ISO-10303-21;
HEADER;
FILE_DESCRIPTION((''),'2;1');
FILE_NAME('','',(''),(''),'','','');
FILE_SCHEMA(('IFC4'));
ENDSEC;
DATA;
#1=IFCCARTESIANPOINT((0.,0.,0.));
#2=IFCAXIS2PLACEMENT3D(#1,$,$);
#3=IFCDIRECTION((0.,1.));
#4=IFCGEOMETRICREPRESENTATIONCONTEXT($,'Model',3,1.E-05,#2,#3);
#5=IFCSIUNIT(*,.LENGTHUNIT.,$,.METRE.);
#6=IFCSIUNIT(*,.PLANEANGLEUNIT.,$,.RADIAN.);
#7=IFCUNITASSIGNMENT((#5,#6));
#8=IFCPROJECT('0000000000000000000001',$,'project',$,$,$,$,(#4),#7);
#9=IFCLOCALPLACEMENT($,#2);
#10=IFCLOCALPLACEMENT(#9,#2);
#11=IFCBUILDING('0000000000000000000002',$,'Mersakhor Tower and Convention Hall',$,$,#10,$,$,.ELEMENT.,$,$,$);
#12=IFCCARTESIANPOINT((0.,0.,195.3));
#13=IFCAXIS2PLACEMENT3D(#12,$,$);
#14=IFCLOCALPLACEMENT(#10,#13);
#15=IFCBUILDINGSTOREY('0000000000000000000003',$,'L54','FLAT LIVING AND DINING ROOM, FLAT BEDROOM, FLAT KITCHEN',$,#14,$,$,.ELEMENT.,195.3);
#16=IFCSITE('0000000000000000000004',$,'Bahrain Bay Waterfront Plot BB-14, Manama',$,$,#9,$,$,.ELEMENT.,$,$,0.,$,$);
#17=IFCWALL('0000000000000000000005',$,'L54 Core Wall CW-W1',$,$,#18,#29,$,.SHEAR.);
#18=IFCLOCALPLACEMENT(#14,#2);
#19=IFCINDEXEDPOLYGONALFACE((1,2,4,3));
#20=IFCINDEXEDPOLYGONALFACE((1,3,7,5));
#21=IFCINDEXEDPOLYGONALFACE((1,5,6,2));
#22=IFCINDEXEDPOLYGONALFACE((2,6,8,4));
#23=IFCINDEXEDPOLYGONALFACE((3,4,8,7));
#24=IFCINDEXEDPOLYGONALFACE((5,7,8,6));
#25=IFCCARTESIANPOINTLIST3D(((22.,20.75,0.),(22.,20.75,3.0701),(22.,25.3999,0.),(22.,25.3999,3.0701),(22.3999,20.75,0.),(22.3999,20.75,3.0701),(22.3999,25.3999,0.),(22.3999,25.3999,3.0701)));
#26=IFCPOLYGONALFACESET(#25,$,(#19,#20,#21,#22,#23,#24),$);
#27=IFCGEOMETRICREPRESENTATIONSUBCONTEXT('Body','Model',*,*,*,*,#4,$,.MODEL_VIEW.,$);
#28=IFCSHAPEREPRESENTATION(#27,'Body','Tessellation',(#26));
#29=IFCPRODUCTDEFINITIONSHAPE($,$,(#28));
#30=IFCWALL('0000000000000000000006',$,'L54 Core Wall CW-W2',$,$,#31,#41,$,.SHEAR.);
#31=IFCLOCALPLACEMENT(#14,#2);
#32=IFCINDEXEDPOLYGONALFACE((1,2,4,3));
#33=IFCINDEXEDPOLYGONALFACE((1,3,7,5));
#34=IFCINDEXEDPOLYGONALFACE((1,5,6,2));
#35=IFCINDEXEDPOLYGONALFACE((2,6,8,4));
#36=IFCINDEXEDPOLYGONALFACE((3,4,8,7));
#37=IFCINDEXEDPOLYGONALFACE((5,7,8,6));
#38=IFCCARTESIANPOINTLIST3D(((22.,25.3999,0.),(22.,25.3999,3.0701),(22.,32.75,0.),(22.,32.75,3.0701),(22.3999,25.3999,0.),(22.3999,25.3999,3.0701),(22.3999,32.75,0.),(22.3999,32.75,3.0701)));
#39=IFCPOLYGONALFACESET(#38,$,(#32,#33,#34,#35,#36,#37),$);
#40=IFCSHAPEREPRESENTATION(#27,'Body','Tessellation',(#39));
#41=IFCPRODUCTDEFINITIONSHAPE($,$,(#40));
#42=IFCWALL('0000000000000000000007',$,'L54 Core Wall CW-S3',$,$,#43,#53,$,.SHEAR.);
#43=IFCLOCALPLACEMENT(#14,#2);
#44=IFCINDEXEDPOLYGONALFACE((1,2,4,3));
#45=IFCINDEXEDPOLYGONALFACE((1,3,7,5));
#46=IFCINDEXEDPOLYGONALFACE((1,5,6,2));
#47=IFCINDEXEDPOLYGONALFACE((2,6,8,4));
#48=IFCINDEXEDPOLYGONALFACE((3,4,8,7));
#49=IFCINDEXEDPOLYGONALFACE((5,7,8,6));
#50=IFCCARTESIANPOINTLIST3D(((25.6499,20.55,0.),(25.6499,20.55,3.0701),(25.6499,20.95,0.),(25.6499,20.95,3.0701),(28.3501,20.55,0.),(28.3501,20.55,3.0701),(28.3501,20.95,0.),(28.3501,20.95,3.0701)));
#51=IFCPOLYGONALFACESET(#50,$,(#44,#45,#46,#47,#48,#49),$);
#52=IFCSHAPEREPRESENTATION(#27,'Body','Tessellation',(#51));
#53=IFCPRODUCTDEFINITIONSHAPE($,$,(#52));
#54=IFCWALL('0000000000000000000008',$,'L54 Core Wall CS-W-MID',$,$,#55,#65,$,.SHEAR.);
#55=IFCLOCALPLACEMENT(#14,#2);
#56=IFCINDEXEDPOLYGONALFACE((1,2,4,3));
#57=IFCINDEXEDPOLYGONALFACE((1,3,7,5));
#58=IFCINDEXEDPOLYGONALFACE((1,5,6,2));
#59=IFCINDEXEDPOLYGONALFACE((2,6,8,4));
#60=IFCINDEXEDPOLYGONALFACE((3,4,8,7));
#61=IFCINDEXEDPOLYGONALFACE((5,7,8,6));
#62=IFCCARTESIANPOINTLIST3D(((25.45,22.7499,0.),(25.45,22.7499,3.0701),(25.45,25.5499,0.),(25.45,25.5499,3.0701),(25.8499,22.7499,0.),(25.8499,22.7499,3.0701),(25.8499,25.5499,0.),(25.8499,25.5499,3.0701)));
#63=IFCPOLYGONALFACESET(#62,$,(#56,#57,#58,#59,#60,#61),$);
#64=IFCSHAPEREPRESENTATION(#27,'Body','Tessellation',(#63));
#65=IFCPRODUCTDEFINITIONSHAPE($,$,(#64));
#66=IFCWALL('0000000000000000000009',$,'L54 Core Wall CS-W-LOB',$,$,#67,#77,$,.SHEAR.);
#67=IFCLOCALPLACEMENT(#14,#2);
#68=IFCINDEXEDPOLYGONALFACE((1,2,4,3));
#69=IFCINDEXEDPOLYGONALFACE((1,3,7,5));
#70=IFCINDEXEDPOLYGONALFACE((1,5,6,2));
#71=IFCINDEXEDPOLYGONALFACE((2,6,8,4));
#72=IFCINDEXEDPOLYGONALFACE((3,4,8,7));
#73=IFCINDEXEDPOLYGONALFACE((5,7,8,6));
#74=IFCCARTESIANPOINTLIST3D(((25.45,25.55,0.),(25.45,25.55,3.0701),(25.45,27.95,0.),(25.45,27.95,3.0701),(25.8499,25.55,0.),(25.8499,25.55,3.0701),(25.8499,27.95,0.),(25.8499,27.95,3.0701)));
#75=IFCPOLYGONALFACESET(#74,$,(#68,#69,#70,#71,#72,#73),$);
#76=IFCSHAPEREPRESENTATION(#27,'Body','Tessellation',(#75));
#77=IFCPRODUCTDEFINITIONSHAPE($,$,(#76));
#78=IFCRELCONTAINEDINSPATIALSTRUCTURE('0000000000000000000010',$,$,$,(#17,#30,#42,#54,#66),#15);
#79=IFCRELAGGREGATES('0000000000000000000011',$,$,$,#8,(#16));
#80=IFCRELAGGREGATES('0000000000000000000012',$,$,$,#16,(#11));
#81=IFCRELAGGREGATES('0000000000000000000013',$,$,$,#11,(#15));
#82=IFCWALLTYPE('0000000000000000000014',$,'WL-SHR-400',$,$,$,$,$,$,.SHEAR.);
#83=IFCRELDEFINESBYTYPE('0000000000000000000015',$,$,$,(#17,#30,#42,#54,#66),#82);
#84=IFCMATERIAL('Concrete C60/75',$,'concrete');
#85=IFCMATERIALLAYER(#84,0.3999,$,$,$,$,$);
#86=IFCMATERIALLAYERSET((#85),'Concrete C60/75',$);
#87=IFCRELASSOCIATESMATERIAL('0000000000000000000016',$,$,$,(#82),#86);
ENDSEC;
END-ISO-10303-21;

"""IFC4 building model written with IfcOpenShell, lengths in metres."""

from ifc_helpers import new_model, si_unit, direction, frame, frame_2d, origin, place, context, subcontext, project, spatial, rectangle, extrude, material, layer, layer_set, type_object, element, save


model = new_model("IFC4")

# Units and contexts
model_context = context("Model", 3, precision=1e-05, world=origin(), true_north=direction((0.0, 1.0)))
body_context = subcontext(model_context, "Body", "Model", "MODEL_VIEW")
ifc_project = project(units=[si_unit("LENGTHUNIT", "METRE"), si_unit("PLANEANGLEUNIT", "RADIAN")], contexts=[model_context])

# Site, building, storey
site_placement = place(None, origin())
site = spatial("IfcSite", under=ifc_project, at=site_placement, Name="Bahrain Bay Waterfront Plot BB-14, Manama", CompositionType="ELEMENT", RefElevation=0.0)
building_placement = place(site_placement, origin())
building = spatial("IfcBuilding", under=site, at=building_placement, Name="Mersakhor Tower and Convention Hall", CompositionType="ELEMENT")
storey_placement = place(building_placement, frame((0.0, 0.0, 195.3)))
storey = spatial("IfcBuildingStorey", under=building, at=storey_placement, Name="L54", Description="FLAT LIVING AND DINING ROOM, FLAT BEDROOM, FLAT KITCHEN", CompositionType="ELEMENT", Elevation=195.3)

# Walls
ifc_material_1 = material(Name="Concrete C60/75", Category="concrete")
ifc_layer_1 = layer(ifc_material_1, 0.3999)
ifc_layer_set_1 = layer_set([ifc_layer_1], Name="Concrete C60/75")
wall_type_1 = type_object("IfcWallType", Name="WL-SHR-400", PredefinedType="SHEAR", material=ifc_layer_set_1)
wall_1_placement = place(storey_placement, frame((22.2, 20.75, 0.0), z_axis=(0.0, 0.0, 1.0), x_axis=(0.0, 1.0, 0.0)))
element("IfcWall", 1, at=wall_1_placement, inside=storey, type_object=wall_type_1, Name="L54 Core Wall CW-W1", PredefinedType="SHEAR", context=body_context, shape_type="SweptSolid", body=[
    extrude(rectangle(XDim=4.6499, YDim=0.3999, at=frame_2d((2.325, 0.0))), origin(), (0.0, 0.0, 1.0), 3.0701),
])
wall_2_placement = place(storey_placement, frame((22.2, 25.3999, 0.0), z_axis=(0.0, 0.0, 1.0), x_axis=(0.0, 1.0, 0.0)))
element("IfcWall", 2, at=wall_2_placement, inside=storey, type_object=wall_type_1, Name="L54 Core Wall CW-W2", PredefinedType="SHEAR", context=body_context, shape_type="SweptSolid", body=[
    extrude(rectangle(XDim=7.3501, YDim=0.3999, at=frame_2d((3.675, 0.0))), origin(), (0.0, 0.0, 1.0), 3.0701),
])
wall_3_placement = place(storey_placement, frame((28.3501, 20.75, 0.0), z_axis=(0.0, 0.0, 1.0), x_axis=(-1.0, 0.0, 0.0)))
element("IfcWall", 3, at=wall_3_placement, inside=storey, type_object=wall_type_1, Name="L54 Core Wall CW-S3", PredefinedType="SHEAR", context=body_context, shape_type="SweptSolid", body=[
    extrude(rectangle(XDim=2.7002, YDim=0.3999, at=frame_2d((1.3501, 0.0))), origin(), (0.0, 0.0, 1.0), 3.0701),
])

# Walls
wall_4_placement = place(storey_placement, frame((25.6499, 22.75, 0.0), z_axis=(0.0, 0.0, 1.0), x_axis=(0.0, 1.0, 0.0)))
element("IfcWall", 4, at=wall_4_placement, inside=storey, type_object=wall_type_1, Name="L54 Core Wall CS-W-MID", PredefinedType="SHEAR", context=body_context, shape_type="SweptSolid", body=[
    extrude(rectangle(XDim=2.8, YDim=0.3999, at=frame_2d((1.3999, 0.0))), origin(), (0.0, 0.0, 1.0), 3.0701),
])
wall_5_placement = place(storey_placement, frame((25.6499, 25.55, 0.0), z_axis=(0.0, 0.0, 1.0), x_axis=(0.0, 1.0, 0.0)))
element("IfcWall", 5, at=wall_5_placement, inside=storey, type_object=wall_type_1, Name="L54 Core Wall CS-W-LOB", PredefinedType="SHEAR", context=body_context, shape_type="SweptSolid", body=[
    extrude(rectangle(XDim=2.3999, YDim=0.3999, at=frame_2d((1.2, 0.0))), origin(), (0.0, 0.0, 1.0), 3.0701),
])

save(model, "model.ifc")
